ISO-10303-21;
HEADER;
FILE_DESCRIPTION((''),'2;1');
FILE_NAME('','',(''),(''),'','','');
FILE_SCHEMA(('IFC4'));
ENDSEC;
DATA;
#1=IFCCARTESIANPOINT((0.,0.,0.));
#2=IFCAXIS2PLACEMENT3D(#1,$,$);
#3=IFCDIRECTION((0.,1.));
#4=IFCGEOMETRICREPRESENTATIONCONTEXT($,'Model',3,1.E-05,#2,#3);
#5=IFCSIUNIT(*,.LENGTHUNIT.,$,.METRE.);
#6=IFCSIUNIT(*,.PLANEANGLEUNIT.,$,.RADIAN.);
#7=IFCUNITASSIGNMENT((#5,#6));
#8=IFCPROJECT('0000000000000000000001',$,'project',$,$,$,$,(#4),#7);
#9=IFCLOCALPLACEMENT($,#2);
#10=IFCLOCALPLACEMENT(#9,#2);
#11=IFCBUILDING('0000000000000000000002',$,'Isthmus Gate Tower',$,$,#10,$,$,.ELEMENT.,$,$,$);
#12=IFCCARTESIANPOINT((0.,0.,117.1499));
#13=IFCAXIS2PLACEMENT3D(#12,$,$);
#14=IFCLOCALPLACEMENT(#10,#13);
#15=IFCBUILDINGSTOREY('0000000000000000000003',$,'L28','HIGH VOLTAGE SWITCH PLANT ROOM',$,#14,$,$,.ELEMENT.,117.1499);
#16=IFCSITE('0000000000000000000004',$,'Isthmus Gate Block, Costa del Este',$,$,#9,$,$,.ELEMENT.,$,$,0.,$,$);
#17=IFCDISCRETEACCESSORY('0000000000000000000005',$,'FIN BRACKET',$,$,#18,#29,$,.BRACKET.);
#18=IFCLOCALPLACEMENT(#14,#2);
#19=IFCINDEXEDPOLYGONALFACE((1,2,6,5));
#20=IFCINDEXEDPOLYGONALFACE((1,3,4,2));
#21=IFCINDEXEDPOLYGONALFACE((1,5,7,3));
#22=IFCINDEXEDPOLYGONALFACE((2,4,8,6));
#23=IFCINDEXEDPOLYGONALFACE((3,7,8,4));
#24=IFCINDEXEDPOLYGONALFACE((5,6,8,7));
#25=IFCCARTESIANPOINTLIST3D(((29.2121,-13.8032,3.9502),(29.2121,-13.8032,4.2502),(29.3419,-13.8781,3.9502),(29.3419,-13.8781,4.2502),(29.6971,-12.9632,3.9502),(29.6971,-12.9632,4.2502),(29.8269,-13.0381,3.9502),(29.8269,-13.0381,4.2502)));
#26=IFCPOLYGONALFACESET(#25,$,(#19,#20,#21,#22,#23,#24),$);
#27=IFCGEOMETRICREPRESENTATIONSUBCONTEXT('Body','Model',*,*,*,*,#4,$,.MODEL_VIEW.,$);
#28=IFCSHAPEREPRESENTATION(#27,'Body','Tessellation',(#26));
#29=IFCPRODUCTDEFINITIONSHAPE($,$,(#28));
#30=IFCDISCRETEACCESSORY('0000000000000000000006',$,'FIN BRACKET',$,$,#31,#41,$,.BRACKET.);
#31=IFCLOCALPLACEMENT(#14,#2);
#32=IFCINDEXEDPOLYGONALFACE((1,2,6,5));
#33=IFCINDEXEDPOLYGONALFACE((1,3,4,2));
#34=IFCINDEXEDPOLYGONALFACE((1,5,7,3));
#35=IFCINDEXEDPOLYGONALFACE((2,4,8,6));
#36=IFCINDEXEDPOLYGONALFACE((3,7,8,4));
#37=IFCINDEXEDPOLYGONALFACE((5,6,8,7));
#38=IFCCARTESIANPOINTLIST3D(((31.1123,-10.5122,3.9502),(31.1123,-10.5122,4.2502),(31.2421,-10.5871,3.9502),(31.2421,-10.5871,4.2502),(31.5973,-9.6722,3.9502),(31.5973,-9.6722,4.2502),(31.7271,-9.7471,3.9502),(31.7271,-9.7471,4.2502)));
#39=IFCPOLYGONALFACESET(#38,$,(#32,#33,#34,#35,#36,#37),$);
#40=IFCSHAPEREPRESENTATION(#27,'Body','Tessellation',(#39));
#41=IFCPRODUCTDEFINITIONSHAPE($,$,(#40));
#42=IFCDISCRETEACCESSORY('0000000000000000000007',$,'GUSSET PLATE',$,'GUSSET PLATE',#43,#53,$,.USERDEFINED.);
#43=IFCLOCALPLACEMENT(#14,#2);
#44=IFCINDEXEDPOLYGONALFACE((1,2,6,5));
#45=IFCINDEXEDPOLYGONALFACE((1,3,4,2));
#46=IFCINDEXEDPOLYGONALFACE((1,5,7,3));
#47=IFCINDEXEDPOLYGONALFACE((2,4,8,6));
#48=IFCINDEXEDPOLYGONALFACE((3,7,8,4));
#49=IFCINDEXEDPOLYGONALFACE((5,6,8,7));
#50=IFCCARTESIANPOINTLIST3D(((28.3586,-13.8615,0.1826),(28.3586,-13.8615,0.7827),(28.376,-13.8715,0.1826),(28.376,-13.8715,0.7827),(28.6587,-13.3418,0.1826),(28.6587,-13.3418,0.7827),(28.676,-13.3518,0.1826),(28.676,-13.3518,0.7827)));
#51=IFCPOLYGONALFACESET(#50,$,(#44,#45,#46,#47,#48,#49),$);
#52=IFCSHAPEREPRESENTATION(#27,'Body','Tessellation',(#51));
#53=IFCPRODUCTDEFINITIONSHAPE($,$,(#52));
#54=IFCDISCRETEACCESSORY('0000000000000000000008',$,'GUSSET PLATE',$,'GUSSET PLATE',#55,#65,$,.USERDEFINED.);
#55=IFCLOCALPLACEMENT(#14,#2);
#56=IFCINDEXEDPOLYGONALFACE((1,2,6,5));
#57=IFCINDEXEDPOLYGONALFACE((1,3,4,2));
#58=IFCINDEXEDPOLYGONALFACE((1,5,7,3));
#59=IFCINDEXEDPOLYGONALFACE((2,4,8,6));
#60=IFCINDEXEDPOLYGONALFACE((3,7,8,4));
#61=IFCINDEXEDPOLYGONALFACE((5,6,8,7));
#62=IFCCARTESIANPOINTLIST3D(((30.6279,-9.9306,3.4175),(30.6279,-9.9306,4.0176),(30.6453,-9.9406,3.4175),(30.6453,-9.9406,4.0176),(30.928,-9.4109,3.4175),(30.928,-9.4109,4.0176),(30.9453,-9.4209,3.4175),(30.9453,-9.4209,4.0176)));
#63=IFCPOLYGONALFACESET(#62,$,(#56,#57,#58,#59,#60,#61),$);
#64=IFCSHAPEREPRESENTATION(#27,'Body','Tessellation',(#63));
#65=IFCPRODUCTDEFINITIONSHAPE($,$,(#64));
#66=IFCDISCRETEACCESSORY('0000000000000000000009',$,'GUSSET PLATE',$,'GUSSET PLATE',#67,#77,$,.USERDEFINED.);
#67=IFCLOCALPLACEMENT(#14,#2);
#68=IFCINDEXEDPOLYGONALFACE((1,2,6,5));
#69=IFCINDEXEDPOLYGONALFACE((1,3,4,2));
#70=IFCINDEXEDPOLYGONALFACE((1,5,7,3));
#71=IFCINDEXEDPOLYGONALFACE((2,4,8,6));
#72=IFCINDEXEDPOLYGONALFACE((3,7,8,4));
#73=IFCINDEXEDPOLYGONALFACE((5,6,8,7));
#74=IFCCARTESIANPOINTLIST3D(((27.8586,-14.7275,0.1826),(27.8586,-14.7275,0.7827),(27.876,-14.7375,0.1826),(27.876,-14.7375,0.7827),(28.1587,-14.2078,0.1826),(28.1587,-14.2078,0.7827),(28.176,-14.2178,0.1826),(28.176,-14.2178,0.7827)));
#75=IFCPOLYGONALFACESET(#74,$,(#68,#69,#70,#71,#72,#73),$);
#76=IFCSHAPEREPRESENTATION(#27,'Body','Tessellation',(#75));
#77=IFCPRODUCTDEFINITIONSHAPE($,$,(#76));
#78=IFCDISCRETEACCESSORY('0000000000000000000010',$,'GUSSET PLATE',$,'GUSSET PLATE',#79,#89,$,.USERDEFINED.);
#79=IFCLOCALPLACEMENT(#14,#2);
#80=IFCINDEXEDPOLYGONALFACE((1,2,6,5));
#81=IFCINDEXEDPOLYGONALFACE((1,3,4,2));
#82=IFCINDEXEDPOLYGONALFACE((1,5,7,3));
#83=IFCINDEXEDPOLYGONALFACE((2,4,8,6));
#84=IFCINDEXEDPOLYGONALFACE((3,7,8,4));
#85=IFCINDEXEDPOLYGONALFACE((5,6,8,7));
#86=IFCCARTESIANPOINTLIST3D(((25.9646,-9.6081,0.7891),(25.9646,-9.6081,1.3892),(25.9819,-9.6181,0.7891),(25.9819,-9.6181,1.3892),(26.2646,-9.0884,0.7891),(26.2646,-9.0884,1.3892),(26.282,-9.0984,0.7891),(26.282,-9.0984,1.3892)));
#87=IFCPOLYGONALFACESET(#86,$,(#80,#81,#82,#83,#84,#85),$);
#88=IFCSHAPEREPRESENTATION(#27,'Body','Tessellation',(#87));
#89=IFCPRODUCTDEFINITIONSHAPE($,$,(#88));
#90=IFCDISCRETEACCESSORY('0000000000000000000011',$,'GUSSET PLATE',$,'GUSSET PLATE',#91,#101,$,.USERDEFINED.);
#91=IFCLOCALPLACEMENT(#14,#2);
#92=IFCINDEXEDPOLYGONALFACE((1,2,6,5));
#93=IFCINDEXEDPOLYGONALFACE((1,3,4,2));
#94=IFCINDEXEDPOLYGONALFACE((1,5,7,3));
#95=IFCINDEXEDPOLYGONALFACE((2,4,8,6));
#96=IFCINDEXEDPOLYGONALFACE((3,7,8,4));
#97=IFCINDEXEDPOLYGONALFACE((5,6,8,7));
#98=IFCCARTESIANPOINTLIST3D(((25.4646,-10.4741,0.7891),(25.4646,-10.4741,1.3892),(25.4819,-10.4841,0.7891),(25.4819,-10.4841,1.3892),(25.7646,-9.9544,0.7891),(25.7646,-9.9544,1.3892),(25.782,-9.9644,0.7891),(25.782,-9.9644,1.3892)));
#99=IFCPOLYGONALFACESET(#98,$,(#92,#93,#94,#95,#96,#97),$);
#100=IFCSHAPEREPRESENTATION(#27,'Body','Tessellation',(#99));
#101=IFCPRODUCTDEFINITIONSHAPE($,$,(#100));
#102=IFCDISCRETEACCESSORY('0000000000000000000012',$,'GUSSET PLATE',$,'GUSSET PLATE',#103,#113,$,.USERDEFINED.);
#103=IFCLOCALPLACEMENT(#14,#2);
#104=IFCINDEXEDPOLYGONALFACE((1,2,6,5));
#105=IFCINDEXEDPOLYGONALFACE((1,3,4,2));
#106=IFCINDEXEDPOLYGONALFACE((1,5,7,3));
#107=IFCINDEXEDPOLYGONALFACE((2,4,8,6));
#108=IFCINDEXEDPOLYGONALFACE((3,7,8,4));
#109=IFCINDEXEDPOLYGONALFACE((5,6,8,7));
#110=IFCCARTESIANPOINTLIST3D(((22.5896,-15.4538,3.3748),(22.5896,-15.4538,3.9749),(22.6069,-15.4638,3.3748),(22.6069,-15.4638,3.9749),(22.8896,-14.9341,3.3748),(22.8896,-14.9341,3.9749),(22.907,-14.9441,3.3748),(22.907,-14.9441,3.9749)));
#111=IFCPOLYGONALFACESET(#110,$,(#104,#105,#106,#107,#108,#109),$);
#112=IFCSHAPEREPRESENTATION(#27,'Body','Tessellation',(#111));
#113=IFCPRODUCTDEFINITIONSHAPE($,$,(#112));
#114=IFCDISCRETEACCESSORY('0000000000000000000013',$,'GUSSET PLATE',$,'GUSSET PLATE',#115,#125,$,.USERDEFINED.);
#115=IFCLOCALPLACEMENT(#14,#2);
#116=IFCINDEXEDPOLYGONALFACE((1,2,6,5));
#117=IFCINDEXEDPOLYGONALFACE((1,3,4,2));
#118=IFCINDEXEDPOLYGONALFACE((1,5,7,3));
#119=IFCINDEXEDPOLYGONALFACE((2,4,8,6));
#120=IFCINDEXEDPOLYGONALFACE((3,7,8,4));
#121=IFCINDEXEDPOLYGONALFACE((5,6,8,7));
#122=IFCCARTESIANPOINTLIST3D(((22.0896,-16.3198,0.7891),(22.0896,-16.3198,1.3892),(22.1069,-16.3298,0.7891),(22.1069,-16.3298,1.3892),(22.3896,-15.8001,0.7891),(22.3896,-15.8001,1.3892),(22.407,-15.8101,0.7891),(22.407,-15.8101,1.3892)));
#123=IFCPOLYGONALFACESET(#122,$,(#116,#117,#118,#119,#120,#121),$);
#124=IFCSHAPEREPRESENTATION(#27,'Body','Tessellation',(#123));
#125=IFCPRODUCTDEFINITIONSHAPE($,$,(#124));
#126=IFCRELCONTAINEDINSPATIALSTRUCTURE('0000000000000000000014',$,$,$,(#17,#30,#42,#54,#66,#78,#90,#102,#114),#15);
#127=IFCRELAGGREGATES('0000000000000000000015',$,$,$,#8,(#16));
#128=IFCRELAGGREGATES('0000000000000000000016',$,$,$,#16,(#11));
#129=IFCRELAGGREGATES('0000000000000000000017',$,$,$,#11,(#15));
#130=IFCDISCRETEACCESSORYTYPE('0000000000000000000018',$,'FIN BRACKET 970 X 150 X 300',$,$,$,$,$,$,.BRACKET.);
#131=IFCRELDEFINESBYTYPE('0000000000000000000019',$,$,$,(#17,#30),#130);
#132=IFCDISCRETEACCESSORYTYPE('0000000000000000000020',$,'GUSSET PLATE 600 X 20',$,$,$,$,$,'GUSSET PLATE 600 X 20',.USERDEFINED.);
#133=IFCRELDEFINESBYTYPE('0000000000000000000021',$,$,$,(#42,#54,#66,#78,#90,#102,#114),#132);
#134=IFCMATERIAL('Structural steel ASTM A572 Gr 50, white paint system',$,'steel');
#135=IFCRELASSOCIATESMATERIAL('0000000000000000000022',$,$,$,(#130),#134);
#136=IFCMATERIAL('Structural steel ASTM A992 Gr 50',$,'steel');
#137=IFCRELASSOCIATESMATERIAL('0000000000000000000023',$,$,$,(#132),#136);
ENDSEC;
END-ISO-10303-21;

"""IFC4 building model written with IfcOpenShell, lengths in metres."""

from ifc_helpers import new_model, si_unit, direction, frame, origin, origin_2d, place, context, subcontext, project, spatial, rectangle, extrude, material, type_object, element, save


model = new_model("IFC4")

# Units and contexts
model_context = context("Model", 3, precision=1e-05, world=origin(), true_north=direction((0.0, 1.0)))
body_context = subcontext(model_context, "Body", "Model", "MODEL_VIEW")
ifc_project = project(units=[si_unit("LENGTHUNIT", "METRE"), si_unit("PLANEANGLEUNIT", "RADIAN")], contexts=[model_context])

# Site, building, storey
site_placement = place(None, origin())
site = spatial("IfcSite", under=ifc_project, at=site_placement, Name="Isthmus Gate Block, Costa del Este", CompositionType="ELEMENT", RefElevation=0.0)
building_placement = place(site_placement, origin())
building = spatial("IfcBuilding", under=site, at=building_placement, Name="Isthmus Gate Tower", CompositionType="ELEMENT")
storey_placement = place(building_placement, frame((0.0, 0.0, 117.1499)))
storey = spatial("IfcBuildingStorey", under=building, at=storey_placement, Name="L28", Description="HIGH VOLTAGE SWITCH PLANT ROOM", CompositionType="ELEMENT", Elevation=117.1499)

# Discrete accessories
ifc_material_1 = material(Name="Structural steel ASTM A572 Gr 50, white paint system", Category="steel")
discrete_accessory_type_1 = type_object("IfcDiscreteAccessoryType", Name="FIN BRACKET 970 X 150 X 300", PredefinedType="BRACKET", material=ifc_material_1)
for number, where, z_axis, x_axis, name in (
    (1, (29.5195, -13.4207, 3.9502), (0.0, 0.0, 1.0), (0.866025, -0.5, 0.0), "FIN BRACKET"),
    (2, (31.4197, -10.1296, 3.9502), (0.0, 0.0, 1.0), (0.866025, -0.5, 0.0), "FIN BRACKET"),
):
    element("IfcDiscreteAccessory", number, at=place(storey_placement, frame(where, z_axis=z_axis, x_axis=x_axis)), inside=storey, type_object=discrete_accessory_type_1, Name=name, PredefinedType="BRACKET", context=body_context, shape_type="SweptSolid", body=[
        extrude(rectangle(XDim=0.1499, YDim=0.97, at=origin_2d()), origin(), (0.0, 0.0, 1.0), 0.3),
    ])
ifc_material_2 = material(Name="Structural steel ASTM A992 Gr 50", Category="steel")
discrete_accessory_type_2 = type_object("IfcDiscreteAccessoryType", Name="GUSSET PLATE 600 X 20", ElementType="GUSSET PLATE 600 X 20", PredefinedType="USERDEFINED", material=ifc_material_2)
for number, where, z_axis, x_axis, name in (
    (3, (28.5173, -13.6067, 0.1826), (0.0, 0.0, 1.0), (0.5, 0.866025, 0.0), "GUSSET PLATE"),
    (4, (30.7866, -9.6758, 3.4175), (0.0, 0.0, 1.0), (0.5, 0.866025, 0.0), "GUSSET PLATE"),
    (5, (28.0173, -14.4727, 0.1826), (0.0, 0.0, 1.0), (-0.5, -0.866025, 0.0), "GUSSET PLATE"),
    (6, (26.1233, -9.3533, 0.7891), (0.0, 0.0, 1.0), (0.5, 0.866025, 0.0), "GUSSET PLATE"),
    (7, (25.6233, -10.2192, 0.7891), (0.0, 0.0, 1.0), (-0.5, -0.866025, 0.0), "GUSSET PLATE"),
    (8, (22.7483, -15.199, 3.3748), (0.0, 0.0, 1.0), (-0.5, -0.866025, 0.0), "GUSSET PLATE"),
    (9, (22.2483, -16.0649, 0.7891), (0.0, 0.0, 1.0), (-0.5, -0.866025, 0.0), "GUSSET PLATE"),
):
    element("IfcDiscreteAccessory", number, at=place(storey_placement, frame(where, z_axis=z_axis, x_axis=x_axis)), inside=storey, type_object=discrete_accessory_type_2, Name=name, ObjectType="GUSSET PLATE", PredefinedType="USERDEFINED", context=body_context, shape_type="SweptSolid", body=[
        extrude(rectangle(XDim=0.6001, YDim=0.02, at=origin_2d()), origin(), (0.0, 0.0, 1.0), 0.6001),
    ])

save(model, "model.ifc")
